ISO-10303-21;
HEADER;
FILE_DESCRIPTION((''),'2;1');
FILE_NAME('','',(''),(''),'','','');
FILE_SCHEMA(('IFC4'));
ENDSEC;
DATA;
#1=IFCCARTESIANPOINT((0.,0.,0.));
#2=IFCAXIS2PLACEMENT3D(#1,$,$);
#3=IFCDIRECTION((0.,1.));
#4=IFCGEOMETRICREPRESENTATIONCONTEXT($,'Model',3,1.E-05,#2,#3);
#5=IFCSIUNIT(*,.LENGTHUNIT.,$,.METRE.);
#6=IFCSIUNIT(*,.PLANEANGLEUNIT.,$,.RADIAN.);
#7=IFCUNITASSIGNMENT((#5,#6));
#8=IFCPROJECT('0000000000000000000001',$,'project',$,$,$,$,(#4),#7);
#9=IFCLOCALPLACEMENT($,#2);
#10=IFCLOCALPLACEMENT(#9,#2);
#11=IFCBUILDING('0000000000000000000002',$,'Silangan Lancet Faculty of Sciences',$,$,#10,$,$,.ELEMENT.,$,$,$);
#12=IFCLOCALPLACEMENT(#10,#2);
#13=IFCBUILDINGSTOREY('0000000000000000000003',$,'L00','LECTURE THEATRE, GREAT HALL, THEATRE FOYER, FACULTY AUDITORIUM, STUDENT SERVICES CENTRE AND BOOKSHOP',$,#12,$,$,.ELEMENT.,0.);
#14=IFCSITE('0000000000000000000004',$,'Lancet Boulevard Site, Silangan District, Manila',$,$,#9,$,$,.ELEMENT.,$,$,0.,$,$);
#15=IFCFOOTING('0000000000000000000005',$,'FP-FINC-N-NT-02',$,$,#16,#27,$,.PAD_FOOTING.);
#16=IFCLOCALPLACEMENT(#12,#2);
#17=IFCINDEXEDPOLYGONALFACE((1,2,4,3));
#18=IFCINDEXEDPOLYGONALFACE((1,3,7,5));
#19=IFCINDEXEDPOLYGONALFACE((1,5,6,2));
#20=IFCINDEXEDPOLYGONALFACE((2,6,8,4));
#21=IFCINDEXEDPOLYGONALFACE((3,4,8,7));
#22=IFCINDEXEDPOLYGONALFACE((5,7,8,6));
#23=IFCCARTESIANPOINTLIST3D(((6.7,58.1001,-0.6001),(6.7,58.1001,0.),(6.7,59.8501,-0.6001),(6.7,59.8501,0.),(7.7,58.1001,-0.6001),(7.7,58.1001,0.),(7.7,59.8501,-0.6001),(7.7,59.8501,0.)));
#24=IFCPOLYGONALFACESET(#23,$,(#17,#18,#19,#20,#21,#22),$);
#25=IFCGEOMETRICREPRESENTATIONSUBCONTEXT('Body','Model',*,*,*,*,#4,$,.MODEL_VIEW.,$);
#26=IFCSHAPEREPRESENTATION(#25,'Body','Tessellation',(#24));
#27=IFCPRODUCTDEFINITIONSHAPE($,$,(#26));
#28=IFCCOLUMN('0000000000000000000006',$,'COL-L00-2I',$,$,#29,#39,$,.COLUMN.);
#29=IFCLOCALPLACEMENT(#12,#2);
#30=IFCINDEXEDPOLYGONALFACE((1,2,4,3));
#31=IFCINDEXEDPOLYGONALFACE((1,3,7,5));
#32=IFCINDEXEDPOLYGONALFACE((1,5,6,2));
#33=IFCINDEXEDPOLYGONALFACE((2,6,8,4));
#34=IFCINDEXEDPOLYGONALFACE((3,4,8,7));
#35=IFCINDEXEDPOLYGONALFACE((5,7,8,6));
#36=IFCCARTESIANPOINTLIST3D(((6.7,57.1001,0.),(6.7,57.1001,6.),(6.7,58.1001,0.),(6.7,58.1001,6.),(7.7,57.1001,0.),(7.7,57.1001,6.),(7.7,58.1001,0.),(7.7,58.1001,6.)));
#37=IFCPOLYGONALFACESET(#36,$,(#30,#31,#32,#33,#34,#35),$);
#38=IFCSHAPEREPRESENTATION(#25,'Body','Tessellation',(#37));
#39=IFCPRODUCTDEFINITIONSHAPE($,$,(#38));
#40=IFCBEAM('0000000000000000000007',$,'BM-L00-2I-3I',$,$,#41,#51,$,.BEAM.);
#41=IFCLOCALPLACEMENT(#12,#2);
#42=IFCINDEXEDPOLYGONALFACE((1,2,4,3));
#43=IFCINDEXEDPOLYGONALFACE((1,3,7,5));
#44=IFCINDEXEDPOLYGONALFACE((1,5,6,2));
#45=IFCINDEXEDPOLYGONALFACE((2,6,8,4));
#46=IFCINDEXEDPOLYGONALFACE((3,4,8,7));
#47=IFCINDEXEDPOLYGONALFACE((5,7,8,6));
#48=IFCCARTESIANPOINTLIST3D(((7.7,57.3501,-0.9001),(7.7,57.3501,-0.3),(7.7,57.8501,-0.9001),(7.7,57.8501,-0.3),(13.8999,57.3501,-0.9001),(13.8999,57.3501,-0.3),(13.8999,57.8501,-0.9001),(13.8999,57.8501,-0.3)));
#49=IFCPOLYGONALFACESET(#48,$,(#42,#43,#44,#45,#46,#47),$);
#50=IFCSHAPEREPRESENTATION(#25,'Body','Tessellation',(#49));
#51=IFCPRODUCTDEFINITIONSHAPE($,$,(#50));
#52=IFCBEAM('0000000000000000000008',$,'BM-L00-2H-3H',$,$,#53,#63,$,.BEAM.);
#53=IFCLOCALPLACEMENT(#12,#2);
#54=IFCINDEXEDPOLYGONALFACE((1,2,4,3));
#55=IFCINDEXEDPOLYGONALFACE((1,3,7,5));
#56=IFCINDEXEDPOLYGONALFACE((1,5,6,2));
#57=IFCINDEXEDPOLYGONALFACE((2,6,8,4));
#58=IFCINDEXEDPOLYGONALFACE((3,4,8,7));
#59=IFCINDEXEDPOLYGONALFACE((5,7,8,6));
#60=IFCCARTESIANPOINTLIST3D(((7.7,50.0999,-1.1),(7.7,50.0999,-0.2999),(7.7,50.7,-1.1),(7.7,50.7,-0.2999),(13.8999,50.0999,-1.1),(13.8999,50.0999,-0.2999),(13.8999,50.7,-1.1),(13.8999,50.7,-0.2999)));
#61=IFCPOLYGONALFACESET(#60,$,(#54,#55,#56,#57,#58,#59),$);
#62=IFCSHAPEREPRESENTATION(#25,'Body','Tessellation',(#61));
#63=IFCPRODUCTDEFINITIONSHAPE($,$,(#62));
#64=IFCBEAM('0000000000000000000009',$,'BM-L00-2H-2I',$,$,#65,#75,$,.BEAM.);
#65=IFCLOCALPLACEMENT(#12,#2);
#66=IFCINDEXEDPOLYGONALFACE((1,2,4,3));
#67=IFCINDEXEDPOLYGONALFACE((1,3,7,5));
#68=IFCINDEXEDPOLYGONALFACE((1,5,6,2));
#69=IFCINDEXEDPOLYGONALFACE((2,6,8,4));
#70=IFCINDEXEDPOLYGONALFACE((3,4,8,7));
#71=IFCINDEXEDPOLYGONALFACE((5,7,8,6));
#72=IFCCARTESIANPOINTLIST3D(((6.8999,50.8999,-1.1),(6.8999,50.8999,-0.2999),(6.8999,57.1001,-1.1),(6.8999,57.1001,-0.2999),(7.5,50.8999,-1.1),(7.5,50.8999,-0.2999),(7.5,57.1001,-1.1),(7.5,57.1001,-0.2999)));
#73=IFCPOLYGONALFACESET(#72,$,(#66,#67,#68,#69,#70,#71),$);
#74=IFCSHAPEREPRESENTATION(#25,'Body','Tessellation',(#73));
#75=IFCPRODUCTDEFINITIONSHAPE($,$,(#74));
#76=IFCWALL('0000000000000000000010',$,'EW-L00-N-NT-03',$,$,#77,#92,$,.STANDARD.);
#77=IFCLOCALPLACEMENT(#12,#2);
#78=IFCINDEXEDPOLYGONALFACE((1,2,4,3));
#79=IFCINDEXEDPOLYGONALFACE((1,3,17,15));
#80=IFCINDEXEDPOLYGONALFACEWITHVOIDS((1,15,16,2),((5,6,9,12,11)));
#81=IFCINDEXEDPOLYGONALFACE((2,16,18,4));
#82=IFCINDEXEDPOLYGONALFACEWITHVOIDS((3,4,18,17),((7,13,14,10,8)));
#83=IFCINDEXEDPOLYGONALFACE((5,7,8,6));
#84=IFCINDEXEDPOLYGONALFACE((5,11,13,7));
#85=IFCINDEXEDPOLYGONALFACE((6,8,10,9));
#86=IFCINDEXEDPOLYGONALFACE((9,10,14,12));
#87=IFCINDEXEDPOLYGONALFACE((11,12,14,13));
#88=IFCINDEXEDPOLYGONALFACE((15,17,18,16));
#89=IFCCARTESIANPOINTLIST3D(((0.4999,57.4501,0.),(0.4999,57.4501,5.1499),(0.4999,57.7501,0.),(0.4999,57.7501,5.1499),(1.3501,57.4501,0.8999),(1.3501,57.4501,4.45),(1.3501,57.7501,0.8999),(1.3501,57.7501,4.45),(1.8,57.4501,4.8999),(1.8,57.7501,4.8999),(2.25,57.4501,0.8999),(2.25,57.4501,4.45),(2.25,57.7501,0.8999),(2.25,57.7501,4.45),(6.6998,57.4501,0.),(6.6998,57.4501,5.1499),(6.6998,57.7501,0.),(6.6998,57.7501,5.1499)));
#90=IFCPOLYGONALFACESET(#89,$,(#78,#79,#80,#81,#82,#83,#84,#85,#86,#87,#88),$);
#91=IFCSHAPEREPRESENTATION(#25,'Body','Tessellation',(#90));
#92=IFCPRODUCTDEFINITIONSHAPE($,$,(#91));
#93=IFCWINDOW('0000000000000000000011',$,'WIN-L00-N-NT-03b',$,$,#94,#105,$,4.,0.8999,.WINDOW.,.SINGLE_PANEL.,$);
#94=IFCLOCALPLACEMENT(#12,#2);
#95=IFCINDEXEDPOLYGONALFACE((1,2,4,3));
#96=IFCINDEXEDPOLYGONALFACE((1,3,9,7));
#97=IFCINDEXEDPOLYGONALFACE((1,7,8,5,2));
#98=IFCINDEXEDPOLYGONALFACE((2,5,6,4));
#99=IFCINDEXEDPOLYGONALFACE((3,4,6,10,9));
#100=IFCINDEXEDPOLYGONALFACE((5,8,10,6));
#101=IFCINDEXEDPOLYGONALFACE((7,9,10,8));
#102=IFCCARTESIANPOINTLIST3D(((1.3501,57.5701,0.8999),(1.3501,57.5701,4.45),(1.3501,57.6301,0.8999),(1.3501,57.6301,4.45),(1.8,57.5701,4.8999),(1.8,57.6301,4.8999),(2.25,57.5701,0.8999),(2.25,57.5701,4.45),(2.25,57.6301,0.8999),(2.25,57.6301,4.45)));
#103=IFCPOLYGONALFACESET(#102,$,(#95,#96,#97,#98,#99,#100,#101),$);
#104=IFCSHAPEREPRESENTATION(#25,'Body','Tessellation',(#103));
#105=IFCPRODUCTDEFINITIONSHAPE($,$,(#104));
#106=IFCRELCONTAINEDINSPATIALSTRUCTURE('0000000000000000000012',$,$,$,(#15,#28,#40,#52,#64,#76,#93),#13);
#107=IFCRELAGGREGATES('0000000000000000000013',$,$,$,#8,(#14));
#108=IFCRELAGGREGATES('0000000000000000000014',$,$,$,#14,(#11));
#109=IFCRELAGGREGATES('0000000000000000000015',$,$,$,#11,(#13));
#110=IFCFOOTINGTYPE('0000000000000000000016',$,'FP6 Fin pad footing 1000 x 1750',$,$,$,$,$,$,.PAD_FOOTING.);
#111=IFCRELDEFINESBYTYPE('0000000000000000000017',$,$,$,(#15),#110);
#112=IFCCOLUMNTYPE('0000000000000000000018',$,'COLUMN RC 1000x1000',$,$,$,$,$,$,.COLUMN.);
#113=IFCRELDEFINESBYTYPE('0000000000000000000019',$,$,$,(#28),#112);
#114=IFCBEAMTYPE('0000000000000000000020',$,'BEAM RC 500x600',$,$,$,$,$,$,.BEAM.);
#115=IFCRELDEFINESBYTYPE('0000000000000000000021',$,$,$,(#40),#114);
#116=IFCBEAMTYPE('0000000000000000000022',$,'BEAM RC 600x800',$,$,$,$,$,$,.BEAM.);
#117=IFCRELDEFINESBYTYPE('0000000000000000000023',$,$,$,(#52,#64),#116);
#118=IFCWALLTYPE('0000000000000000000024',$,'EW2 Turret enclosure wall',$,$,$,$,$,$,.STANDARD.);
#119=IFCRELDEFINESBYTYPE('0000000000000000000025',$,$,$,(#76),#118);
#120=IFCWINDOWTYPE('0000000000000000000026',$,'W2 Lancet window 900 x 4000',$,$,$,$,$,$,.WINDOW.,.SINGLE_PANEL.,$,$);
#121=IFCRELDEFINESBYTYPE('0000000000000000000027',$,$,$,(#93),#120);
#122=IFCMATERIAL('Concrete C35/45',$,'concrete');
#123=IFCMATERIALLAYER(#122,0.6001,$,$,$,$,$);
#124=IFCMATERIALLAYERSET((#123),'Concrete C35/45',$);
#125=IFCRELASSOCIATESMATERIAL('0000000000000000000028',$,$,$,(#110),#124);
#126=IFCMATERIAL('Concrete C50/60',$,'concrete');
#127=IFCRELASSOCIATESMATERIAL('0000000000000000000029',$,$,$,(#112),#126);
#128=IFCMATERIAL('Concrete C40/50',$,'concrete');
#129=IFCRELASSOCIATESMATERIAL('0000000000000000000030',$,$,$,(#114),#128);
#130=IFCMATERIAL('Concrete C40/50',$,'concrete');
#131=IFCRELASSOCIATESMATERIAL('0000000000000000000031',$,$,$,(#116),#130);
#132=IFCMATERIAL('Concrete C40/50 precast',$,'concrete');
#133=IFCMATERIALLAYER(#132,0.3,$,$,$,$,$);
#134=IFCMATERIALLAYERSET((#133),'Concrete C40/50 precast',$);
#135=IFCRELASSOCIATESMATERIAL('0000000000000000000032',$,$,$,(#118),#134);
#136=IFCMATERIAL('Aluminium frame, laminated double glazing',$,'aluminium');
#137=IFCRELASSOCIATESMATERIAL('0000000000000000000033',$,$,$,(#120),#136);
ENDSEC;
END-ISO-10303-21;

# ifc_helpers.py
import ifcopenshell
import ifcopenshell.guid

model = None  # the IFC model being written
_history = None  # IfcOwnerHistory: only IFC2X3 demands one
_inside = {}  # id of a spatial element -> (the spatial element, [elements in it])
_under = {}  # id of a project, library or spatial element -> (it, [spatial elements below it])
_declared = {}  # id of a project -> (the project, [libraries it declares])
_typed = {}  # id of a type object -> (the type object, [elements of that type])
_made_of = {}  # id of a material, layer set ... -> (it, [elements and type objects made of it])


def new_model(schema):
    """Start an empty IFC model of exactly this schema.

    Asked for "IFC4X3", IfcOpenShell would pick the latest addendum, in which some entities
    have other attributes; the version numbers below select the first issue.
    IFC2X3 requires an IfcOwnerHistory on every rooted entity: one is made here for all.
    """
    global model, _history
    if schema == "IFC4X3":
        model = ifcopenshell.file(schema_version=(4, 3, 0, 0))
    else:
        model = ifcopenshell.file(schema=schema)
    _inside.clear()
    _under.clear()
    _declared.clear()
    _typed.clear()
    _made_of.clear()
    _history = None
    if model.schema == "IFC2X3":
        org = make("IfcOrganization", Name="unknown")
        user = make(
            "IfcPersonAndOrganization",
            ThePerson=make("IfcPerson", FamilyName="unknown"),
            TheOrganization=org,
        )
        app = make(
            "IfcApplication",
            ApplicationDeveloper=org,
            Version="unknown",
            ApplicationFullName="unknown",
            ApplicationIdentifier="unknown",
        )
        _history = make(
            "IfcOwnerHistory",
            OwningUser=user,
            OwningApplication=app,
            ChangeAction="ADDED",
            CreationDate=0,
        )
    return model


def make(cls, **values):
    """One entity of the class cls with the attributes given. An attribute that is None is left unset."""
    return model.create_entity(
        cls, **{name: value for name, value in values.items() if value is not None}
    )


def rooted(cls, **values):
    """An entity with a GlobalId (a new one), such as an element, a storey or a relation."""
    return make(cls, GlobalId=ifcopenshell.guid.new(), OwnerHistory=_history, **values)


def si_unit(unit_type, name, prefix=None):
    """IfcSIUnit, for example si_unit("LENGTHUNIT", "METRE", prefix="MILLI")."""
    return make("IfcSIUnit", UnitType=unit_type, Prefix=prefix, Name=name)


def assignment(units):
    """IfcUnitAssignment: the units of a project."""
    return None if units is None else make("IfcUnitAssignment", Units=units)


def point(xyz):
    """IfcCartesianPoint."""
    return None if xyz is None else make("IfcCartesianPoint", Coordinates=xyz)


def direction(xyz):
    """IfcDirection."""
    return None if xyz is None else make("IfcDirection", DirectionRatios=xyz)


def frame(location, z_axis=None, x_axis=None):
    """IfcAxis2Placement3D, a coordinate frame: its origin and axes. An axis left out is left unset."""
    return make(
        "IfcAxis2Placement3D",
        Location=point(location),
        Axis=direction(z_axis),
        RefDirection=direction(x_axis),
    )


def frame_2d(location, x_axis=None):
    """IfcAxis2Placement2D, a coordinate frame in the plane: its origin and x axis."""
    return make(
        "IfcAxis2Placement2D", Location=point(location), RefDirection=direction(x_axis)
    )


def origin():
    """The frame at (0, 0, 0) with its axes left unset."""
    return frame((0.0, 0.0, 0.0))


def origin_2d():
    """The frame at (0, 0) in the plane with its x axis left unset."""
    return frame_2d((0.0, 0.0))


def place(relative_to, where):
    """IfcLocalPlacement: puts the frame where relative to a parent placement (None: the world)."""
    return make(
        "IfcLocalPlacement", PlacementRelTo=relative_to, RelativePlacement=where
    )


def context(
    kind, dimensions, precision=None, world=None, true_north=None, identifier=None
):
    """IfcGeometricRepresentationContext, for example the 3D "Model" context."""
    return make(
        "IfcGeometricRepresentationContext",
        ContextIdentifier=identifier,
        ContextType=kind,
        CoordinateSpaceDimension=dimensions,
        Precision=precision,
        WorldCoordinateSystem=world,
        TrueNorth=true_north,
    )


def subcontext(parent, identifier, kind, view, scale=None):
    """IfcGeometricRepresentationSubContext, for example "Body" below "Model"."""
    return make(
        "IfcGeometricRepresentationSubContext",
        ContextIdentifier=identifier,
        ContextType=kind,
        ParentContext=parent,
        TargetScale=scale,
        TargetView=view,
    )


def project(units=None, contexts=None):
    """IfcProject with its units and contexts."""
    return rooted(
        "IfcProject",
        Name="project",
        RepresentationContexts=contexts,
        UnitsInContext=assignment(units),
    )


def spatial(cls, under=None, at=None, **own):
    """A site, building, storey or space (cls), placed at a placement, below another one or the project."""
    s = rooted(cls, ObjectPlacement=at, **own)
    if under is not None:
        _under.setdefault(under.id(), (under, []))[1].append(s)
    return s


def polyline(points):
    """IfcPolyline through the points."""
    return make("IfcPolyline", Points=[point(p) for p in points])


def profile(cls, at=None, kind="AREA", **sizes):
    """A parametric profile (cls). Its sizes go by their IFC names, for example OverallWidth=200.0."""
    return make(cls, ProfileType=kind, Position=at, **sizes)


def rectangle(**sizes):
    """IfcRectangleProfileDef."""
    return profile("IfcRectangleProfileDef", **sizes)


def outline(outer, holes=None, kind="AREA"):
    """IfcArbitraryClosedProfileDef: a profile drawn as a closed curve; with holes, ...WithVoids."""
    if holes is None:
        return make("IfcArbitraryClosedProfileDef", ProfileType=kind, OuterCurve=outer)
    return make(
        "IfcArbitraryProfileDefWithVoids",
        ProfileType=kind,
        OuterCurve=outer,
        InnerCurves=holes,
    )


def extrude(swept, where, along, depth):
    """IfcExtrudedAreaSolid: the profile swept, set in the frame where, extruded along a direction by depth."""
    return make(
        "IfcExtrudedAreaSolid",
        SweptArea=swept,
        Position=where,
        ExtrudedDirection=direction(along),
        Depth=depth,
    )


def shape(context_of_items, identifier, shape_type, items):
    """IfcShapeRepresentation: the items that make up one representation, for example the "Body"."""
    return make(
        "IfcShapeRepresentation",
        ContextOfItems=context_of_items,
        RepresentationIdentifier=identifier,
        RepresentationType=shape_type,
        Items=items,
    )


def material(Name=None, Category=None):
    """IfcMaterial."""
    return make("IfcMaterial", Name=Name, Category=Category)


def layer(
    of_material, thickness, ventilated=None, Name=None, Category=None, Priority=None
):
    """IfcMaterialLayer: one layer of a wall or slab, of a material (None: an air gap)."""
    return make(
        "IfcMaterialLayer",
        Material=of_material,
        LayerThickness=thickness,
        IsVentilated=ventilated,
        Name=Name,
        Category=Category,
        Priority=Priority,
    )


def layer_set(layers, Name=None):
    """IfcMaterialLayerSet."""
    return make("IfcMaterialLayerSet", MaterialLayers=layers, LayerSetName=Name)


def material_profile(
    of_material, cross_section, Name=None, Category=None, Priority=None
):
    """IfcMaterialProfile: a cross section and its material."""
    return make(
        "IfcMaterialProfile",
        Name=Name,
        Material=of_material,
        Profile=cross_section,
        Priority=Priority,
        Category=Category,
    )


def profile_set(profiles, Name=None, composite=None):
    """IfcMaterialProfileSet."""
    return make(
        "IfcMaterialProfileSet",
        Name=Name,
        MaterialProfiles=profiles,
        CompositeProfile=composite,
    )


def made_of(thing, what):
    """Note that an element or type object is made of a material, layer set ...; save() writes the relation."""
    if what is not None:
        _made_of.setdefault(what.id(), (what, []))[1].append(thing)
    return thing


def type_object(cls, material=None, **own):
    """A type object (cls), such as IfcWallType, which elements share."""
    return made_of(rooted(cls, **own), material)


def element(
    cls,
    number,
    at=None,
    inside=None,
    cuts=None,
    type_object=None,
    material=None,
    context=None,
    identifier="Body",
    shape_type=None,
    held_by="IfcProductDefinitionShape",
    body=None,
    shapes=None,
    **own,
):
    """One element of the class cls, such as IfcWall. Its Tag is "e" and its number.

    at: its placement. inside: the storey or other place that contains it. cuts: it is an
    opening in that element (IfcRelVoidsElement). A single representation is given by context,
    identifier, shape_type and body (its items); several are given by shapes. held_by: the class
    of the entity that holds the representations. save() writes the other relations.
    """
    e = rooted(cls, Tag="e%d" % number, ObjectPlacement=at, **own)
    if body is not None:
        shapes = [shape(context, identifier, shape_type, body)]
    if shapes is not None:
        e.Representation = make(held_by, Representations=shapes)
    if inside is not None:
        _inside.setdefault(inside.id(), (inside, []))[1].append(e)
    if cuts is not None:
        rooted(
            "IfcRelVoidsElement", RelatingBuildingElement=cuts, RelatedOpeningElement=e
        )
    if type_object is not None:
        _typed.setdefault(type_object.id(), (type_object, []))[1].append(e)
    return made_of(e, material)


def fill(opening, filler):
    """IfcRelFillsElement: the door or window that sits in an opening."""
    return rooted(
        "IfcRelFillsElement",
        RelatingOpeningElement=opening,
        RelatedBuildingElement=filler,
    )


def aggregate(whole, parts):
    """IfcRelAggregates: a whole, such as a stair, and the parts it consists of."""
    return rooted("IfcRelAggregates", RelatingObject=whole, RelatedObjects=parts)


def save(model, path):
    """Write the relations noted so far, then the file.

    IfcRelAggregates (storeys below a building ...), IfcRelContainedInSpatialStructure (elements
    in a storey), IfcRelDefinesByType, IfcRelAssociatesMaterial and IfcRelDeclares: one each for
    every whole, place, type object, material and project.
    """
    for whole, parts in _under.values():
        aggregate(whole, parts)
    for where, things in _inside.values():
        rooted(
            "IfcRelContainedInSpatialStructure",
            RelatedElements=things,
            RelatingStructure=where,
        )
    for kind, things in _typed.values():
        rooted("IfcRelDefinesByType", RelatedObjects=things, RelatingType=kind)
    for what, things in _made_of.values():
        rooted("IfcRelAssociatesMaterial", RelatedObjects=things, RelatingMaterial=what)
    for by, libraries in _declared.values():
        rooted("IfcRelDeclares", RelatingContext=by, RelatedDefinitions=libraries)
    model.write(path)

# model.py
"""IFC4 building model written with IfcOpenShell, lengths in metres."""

from ifc_helpers import new_model, si_unit, direction, frame, frame_2d, origin, origin_2d, place, context, subcontext, project, spatial, polyline, rectangle, outline, extrude, material, layer, layer_set, material_profile, profile_set, type_object, element, fill, save


model = new_model("IFC4")

# Units and contexts
model_context = context("Model", 3, precision=1e-05, world=origin(), true_north=direction((0.0, 1.0)))
body_context = subcontext(model_context, "Body", "Model", "MODEL_VIEW")
ifc_project = project(units=[si_unit("LENGTHUNIT", "METRE"), si_unit("PLANEANGLEUNIT", "RADIAN")], contexts=[model_context])

# Site, building, storey
site_placement = place(None, origin())
site = spatial("IfcSite", under=ifc_project, at=site_placement, Name="Lancet Boulevard Site, Silangan District, Manila", CompositionType="ELEMENT", RefElevation=0.0)
building_placement = place(site_placement, origin())
building = spatial("IfcBuilding", under=site, at=building_placement, Name="Silangan Lancet Faculty of Sciences", CompositionType="ELEMENT")
storey_placement = place(building_placement, origin())
storey = spatial("IfcBuildingStorey", under=building, at=storey_placement, Name="L00", Description="LECTURE THEATRE, GREAT HALL, THEATRE FOYER, FACULTY AUDITORIUM, STUDENT SERVICES CENTRE AND BOOKSHOP", CompositionType="ELEMENT", Elevation=0.0)

# Footing
ifc_material_1 = material(Name="Concrete C35/45", Category="concrete")
ifc_layer_1 = layer(ifc_material_1, 0.6001)
ifc_layer_set_1 = layer_set([ifc_layer_1], Name="Concrete C35/45")
footing_type = type_object("IfcFootingType", Name="FP6 Fin pad footing 1000 x 1750", PredefinedType="PAD_FOOTING", material=ifc_layer_set_1)
footing_placement = place(storey_placement, frame((7.2, 58.9751, -0.6001), z_axis=(0.0, 0.0, 1.0), x_axis=(1.0, 0.0, 0.0)))
element("IfcFooting", 1, at=footing_placement, inside=storey, type_object=footing_type, Name="FP-FINC-N-NT-02", PredefinedType="PAD_FOOTING", context=body_context, shape_type="SweptSolid", body=[
    extrude(rectangle(XDim=1.0, YDim=1.75, at=origin_2d()), origin(), (0.0, 0.0, 1.0), 0.6001),
])

# Column
ifc_material_2 = material(Name="Concrete C50/60", Category="concrete")
ifc_material_profile_1 = material_profile(ifc_material_2, rectangle(XDim=1.0, YDim=1.0, at=origin_2d()), Name="RC 1000x1000")
ifc_profile_set_1 = profile_set([ifc_material_profile_1], Name="Concrete C50/60")
column_type = type_object("IfcColumnType", Name="COLUMN RC 1000x1000", PredefinedType="COLUMN", material=ifc_profile_set_1)
column_placement = place(storey_placement, frame((7.2, 57.6001, 0.0), z_axis=(0.0, 0.0, 1.0), x_axis=(1.0, 0.0, 0.0)))
element("IfcColumn", 2, at=column_placement, inside=storey, type_object=column_type, Name="COL-L00-2I", PredefinedType="COLUMN", context=body_context, shape_type="SweptSolid", body=[
    extrude(rectangle(XDim=1.0, YDim=1.0, at=origin_2d()), origin(), (0.0, 0.0, 1.0), 6.0),
])

# Beams
ifc_material_3 = material(Name="Concrete C40/50", Category="concrete")
ifc_material_profile_2 = material_profile(ifc_material_3, rectangle(XDim=0.5, YDim=0.6001, at=origin_2d()), Name="RC 500x600")
ifc_profile_set_2 = profile_set([ifc_material_profile_2], Name="Concrete C40/50")
beam_type_1 = type_object("IfcBeamType", Name="BEAM RC 500x600", PredefinedType="BEAM", material=ifc_profile_set_2)
beam_1_placement = place(storey_placement, frame((7.7, 57.6001, -0.6001), z_axis=(1.0, 0.0, 0.0), x_axis=(0.0, 1.0, 0.0)))
element("IfcBeam", 3, at=beam_1_placement, inside=storey, type_object=beam_type_1, Name="BM-L00-2I-3I", PredefinedType="BEAM", context=body_context, shape_type="SweptSolid", body=[
    extrude(rectangle(XDim=0.5, YDim=0.6001, at=origin_2d()), origin(), (0.0, 0.0, 1.0), 6.2),
])
ifc_material_4 = material(Name="Concrete C40/50", Category="concrete")
ifc_material_profile_3 = material_profile(ifc_material_4, rectangle(XDim=0.6001, YDim=0.8, at=origin_2d()), Name="RC 600x800")
ifc_profile_set_3 = profile_set([ifc_material_profile_3], Name="Concrete C40/50")
beam_type_2 = type_object("IfcBeamType", Name="BEAM RC 600x800", PredefinedType="BEAM", material=ifc_profile_set_3)
beam_2_placement = place(storey_placement, frame((7.7, 50.3999, -0.7), z_axis=(1.0, 0.0, 0.0), x_axis=(0.0, 1.0, 0.0)))
element("IfcBeam", 4, at=beam_2_placement, inside=storey, type_object=beam_type_2, Name="BM-L00-2H-3H", PredefinedType="BEAM", context=body_context, shape_type="SweptSolid", body=[
    extrude(rectangle(XDim=0.6001, YDim=0.8, at=origin_2d()), origin(), (0.0, 0.0, 1.0), 6.2),
])
beam_3_placement = place(storey_placement, frame((7.2, 50.8999, -0.7), z_axis=(0.0, 1.0, 0.0), x_axis=(-1.0, 0.0, 0.0)))
element("IfcBeam", 5, at=beam_3_placement, inside=storey, type_object=beam_type_2, Name="BM-L00-2H-2I", PredefinedType="BEAM", context=body_context, shape_type="SweptSolid", body=[
    extrude(rectangle(XDim=0.6001, YDim=0.8, at=origin_2d()), origin(), (0.0, 0.0, 1.0), 6.2002),
])

# Wall, opening, window
ifc_material_5 = material(Name="Concrete C40/50 precast", Category="concrete")
ifc_layer_2 = layer(ifc_material_5, 0.3)
ifc_layer_set_2 = layer_set([ifc_layer_2], Name="Concrete C40/50 precast")
wall_type_1 = type_object("IfcWallType", Name="EW2 Turret enclosure wall", PredefinedType="STANDARD", material=ifc_layer_set_2)
wall_1_placement = place(storey_placement, frame((6.7, 57.6001, 0.0), z_axis=(0.0, 0.0, 1.0), x_axis=(-1.0, 0.0, 0.0)))
wall_1 = element("IfcWall", 6, at=wall_1_placement, inside=storey, type_object=wall_type_1, Name="EW-L00-N-NT-03", PredefinedType="STANDARD", context=body_context, shape_type="SweptSolid", body=[
    extrude(rectangle(XDim=6.2, YDim=0.3, at=frame_2d((3.1001, 0.0))), origin(), (0.0, 0.0, 1.0), 5.1499),
])
opening_1_placement = place(wall_1_placement, frame((4.45, 0.0, 0.8999)))
opening_1 = element("IfcOpeningElement", 7, at=opening_1_placement, cuts=wall_1, PredefinedType="OPENING", context=body_context, shape_type="SweptSolid", body=[
    extrude(outline(polyline([(0.0, 0.0), (0.8999, 0.0), (0.8999, 3.55), (0.45, 4.0), (0.0, 3.55), (0.0, 0.0)])), frame((0.0, 0.1599, 0.0), z_axis=(0.0, -1.0, 0.0), x_axis=(1.0, 0.0, 0.0)), (0.0, 0.0, 1.0), 0.3201),
])
ifc_material_6 = material(Name="Aluminium frame, laminated double glazing", Category="aluminium")
window_type_1 = type_object("IfcWindowType", Name="W2 Lancet window 900 x 4000", PartitioningType="SINGLE_PANEL", PredefinedType="WINDOW", material=ifc_material_6)
window_1_placement = place(opening_1_placement, origin())
window_1 = element("IfcWindow", 8, at=window_1_placement, inside=storey, type_object=window_type_1, Name="WIN-L00-N-NT-03b", OverallHeight=4.0, OverallWidth=0.8999, PartitioningType="SINGLE_PANEL", PredefinedType="WINDOW", context=body_context, shape_type="SweptSolid", body=[
    extrude(outline(polyline([(0.0, 0.0), (0.8999, 0.0), (0.8999, 3.55), (0.45, 4.0), (0.0, 3.55), (0.0, 0.0)])), frame((0.0, 0.03, 0.0), z_axis=(0.0, -1.0, 0.0), x_axis=(1.0, 0.0, 0.0)), (0.0, 0.0, 1.0), 0.0601),
])
fill(opening_1, window_1)

save(model, "model.ifc")
